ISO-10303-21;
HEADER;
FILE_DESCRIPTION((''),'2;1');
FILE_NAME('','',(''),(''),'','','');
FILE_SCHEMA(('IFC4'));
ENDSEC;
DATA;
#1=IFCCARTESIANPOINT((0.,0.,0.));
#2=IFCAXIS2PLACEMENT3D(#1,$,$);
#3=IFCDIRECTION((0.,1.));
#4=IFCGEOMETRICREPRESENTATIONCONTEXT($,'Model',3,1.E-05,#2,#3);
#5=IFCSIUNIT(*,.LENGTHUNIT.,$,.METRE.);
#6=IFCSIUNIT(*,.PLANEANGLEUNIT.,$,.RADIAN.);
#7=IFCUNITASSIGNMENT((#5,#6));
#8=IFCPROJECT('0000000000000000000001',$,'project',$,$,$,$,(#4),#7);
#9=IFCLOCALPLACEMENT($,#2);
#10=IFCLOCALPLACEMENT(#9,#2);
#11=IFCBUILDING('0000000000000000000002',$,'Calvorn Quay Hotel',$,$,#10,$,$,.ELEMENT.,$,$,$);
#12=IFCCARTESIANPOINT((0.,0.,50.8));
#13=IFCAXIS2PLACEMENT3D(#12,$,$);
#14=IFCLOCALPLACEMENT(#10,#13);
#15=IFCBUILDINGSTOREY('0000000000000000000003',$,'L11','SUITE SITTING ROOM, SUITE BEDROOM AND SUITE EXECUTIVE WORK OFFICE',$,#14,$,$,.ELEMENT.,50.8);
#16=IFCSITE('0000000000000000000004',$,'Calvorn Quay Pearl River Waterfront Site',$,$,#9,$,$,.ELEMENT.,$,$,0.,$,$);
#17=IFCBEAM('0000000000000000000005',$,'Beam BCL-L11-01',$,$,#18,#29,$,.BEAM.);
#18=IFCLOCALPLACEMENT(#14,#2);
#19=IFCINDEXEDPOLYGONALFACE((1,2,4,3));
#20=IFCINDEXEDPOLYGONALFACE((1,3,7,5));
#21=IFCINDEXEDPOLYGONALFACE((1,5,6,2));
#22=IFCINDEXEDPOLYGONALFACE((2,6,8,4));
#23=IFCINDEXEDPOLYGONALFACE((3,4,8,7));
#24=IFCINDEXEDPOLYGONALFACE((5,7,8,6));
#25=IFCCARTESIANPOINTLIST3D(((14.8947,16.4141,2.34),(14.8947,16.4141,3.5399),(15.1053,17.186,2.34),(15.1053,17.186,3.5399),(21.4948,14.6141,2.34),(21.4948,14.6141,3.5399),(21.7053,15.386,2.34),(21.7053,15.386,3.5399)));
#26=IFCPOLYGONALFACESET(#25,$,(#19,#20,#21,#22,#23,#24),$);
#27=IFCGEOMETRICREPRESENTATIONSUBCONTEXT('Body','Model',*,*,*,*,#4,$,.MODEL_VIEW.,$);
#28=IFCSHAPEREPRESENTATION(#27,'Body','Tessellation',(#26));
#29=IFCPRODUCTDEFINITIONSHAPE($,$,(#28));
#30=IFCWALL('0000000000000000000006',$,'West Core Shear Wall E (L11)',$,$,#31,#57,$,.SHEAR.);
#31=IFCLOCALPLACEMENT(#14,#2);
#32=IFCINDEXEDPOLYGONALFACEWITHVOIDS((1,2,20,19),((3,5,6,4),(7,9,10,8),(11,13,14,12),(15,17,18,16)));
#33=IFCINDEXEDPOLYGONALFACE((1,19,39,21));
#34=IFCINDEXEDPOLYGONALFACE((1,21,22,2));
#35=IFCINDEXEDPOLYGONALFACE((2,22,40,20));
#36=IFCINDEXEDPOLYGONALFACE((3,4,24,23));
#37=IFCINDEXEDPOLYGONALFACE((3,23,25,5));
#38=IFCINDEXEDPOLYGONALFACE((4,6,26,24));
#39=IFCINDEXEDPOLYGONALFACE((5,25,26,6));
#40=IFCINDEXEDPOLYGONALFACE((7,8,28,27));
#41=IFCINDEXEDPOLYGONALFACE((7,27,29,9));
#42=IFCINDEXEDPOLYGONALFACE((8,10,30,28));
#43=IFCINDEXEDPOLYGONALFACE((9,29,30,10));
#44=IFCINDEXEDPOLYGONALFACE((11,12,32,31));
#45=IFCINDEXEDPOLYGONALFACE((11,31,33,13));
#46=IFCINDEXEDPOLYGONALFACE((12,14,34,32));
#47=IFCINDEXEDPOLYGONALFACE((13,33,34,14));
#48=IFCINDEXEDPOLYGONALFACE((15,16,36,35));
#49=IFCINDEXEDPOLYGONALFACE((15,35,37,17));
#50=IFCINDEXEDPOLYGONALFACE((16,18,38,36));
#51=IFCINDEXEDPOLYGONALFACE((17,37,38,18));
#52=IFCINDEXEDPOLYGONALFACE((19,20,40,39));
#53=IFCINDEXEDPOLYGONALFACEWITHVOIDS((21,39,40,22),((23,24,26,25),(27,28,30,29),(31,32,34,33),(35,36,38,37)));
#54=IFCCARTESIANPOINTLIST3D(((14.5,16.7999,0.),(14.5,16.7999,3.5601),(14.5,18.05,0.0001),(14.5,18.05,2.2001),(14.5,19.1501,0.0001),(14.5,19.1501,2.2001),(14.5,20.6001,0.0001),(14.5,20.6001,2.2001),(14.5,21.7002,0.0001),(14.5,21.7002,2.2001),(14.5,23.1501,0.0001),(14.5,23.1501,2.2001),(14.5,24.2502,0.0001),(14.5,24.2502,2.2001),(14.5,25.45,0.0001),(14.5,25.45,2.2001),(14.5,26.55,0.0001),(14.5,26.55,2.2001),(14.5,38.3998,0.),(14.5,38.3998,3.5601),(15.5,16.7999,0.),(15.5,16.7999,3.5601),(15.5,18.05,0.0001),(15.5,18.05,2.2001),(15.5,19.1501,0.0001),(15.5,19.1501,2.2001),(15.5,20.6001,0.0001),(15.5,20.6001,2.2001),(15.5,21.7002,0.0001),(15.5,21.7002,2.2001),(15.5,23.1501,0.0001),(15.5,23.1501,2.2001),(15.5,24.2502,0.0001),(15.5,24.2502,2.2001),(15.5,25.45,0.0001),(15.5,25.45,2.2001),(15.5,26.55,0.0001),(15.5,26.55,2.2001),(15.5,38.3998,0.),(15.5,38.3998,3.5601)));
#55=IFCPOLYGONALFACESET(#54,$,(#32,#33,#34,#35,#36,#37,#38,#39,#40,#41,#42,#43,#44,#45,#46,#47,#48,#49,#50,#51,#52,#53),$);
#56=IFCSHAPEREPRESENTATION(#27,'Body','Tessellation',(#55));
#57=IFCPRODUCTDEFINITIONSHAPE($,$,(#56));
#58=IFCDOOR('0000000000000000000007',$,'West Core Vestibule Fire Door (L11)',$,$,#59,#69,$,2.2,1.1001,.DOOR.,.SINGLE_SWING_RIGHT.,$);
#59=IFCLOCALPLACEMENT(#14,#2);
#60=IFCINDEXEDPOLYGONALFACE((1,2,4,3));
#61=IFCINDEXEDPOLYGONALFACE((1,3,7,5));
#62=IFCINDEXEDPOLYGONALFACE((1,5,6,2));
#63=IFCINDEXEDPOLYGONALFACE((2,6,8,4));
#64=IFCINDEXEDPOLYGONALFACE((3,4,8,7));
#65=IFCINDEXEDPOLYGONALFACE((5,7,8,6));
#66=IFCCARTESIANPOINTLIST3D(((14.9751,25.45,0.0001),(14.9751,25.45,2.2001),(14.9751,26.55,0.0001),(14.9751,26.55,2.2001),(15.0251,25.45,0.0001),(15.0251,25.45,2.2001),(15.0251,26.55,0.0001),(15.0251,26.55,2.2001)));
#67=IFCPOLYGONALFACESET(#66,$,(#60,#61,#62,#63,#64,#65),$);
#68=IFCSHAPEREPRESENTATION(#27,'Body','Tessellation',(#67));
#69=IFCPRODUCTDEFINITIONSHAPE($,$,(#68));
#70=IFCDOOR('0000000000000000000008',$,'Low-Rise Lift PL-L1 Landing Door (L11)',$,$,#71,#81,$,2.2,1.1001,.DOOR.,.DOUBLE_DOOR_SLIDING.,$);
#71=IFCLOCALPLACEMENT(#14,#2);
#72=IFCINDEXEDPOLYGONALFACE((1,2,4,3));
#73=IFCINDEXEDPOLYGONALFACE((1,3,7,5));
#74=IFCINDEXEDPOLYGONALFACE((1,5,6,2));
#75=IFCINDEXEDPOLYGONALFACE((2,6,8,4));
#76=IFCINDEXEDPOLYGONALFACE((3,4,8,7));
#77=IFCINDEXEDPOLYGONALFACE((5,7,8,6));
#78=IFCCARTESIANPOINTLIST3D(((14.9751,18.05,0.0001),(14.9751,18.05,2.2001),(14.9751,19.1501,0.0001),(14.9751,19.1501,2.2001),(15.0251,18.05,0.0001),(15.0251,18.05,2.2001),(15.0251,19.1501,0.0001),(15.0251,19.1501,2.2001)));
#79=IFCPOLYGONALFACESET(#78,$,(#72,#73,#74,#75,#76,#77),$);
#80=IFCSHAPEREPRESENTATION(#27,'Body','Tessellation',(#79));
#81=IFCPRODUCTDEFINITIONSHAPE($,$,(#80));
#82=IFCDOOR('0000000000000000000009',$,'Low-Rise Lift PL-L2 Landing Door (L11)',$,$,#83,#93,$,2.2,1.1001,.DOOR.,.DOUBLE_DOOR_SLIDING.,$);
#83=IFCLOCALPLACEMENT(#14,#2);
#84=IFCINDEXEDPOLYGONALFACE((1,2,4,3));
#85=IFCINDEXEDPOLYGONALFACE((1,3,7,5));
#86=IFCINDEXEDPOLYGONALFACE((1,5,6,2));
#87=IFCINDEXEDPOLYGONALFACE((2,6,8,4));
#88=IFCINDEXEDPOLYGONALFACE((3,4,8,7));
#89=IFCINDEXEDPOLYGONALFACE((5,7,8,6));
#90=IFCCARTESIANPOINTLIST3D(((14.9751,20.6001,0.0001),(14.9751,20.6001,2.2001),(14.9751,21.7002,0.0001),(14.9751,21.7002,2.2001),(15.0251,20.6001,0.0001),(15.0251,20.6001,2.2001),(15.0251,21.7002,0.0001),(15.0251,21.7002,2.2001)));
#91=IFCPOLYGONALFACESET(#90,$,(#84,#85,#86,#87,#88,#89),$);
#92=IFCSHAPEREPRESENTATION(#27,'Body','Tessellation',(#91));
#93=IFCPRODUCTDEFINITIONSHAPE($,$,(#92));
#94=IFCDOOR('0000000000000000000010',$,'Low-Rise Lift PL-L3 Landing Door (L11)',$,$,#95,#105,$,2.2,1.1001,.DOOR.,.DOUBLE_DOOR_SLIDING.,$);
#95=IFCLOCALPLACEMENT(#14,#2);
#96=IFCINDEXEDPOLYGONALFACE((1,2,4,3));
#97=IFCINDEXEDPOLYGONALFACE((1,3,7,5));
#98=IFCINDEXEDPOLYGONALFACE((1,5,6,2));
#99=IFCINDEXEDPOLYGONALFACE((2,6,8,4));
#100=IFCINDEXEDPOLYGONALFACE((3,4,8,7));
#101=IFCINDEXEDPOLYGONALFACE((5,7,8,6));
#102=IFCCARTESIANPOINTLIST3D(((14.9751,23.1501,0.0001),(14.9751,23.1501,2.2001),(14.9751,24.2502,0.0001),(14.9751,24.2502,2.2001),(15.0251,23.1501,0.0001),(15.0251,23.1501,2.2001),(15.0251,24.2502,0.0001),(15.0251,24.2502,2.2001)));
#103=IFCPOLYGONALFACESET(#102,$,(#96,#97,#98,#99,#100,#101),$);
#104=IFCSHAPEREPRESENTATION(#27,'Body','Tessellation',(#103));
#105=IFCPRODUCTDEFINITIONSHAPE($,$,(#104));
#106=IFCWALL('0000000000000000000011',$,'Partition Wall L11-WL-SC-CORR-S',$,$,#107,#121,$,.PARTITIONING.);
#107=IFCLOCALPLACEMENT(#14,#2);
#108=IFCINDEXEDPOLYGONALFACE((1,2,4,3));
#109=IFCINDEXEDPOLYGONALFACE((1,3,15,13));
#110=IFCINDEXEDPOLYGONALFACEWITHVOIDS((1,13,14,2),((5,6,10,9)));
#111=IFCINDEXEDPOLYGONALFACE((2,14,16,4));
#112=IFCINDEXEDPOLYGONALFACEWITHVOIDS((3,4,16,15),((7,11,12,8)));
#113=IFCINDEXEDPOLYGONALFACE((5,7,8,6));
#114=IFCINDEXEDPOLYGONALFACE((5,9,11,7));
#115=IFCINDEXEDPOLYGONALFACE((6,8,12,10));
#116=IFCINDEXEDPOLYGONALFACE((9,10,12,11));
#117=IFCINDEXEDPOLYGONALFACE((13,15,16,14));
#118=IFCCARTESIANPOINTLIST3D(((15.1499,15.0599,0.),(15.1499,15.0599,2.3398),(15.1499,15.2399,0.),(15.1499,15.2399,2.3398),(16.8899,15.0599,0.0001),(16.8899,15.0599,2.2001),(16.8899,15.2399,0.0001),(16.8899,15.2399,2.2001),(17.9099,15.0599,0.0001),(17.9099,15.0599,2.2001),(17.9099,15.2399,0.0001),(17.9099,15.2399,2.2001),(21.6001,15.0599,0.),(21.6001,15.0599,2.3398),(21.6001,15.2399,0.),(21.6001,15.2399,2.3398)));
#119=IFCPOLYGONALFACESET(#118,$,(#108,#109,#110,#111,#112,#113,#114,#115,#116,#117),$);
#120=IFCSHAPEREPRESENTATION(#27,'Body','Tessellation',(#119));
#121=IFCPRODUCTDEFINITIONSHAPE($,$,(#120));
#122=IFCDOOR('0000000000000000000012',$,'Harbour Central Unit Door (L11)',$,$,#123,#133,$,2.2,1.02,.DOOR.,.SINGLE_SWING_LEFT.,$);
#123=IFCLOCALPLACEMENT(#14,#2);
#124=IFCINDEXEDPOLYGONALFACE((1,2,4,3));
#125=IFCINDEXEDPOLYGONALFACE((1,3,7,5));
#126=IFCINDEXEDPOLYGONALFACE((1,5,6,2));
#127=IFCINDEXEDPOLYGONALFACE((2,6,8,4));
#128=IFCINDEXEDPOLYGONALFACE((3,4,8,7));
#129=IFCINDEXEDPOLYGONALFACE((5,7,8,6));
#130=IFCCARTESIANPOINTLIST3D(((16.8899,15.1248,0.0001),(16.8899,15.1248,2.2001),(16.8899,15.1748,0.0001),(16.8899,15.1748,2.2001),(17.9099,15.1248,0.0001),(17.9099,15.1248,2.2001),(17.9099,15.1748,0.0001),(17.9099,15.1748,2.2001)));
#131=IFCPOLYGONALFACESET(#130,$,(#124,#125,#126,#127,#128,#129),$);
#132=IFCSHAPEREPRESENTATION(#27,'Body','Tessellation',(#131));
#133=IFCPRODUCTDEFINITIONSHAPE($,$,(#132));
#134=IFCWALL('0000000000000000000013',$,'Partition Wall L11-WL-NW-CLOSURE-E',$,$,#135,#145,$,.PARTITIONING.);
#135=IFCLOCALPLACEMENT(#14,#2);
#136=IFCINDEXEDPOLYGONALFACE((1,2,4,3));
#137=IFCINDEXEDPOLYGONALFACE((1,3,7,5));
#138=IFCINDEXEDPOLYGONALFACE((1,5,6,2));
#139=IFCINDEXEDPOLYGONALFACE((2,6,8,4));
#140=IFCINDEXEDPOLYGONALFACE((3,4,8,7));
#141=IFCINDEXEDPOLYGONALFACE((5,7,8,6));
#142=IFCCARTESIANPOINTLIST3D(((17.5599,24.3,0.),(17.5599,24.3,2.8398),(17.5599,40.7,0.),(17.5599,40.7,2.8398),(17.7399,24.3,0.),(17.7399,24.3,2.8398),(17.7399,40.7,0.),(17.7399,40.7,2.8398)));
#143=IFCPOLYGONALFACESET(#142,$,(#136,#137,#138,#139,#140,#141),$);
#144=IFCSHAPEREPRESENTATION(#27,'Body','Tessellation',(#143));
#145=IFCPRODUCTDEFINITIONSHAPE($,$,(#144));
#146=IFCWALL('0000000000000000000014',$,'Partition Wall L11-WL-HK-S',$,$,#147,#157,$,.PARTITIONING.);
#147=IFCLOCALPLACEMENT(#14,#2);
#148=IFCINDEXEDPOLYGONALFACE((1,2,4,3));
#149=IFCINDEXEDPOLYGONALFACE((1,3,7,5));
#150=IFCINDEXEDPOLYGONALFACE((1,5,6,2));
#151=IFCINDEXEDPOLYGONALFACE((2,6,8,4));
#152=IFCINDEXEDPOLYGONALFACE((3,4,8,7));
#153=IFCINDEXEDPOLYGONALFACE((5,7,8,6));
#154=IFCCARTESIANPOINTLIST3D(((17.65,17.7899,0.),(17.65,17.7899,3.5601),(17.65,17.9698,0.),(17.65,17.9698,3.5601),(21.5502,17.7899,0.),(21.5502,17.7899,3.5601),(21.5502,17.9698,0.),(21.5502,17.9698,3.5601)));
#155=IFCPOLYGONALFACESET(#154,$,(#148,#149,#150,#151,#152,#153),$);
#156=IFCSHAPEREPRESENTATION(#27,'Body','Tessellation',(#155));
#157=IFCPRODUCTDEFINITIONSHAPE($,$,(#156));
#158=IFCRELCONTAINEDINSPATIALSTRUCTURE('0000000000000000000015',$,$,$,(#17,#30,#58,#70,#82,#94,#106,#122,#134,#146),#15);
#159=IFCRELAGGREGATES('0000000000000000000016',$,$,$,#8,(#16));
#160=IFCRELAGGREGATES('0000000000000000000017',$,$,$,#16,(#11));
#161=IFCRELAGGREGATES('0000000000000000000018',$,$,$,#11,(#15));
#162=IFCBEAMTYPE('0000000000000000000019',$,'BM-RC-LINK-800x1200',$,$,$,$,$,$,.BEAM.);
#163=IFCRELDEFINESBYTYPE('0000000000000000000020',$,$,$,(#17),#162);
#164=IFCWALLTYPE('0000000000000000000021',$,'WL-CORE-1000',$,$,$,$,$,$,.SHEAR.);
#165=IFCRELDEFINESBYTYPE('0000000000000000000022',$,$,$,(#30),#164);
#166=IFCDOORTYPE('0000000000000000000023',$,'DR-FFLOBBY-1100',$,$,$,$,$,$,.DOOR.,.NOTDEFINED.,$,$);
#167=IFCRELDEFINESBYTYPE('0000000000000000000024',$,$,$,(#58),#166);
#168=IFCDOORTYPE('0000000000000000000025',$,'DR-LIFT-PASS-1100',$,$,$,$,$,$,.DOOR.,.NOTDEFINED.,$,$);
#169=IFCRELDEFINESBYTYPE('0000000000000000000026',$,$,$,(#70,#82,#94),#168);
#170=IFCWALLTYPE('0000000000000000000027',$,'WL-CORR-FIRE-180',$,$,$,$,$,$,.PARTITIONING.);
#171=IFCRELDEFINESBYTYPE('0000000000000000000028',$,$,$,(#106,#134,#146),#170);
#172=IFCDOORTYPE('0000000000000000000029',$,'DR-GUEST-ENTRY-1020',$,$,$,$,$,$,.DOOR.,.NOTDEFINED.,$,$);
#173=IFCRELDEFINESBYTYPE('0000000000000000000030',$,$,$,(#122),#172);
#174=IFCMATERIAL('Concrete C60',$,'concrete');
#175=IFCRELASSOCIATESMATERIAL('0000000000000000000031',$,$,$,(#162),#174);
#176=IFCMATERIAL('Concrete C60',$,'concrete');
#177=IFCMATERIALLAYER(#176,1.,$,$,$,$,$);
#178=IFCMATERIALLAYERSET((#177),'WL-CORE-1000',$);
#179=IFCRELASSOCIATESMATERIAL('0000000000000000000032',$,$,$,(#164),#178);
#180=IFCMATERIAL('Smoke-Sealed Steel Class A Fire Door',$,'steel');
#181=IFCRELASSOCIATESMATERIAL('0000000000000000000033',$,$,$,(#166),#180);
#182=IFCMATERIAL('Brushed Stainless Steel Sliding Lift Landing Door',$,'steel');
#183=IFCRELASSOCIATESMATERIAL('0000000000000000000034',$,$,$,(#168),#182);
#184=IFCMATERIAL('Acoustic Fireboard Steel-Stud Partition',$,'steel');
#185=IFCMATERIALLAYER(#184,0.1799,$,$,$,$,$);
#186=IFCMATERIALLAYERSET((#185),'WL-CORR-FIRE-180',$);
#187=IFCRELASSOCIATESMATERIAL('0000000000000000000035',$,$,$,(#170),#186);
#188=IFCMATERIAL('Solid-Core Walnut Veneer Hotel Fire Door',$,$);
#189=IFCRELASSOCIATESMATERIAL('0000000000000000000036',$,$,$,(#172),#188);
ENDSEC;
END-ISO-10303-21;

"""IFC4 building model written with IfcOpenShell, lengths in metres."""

from ifc_helpers import new_model, si_unit, direction, frame, frame_2d, origin, origin_2d, place, context, subcontext, project, spatial, rectangle, extrude, material, layer, layer_set, material_profile, profile_set, type_object, element, fill, save


model = new_model("IFC4")

# Units and contexts
model_context = context("Model", 3, precision=1e-05, world=origin(), true_north=direction((0.0, 1.0)))
body_context = subcontext(model_context, "Body", "Model", "MODEL_VIEW")
ifc_project = project(units=[si_unit("LENGTHUNIT", "METRE"), si_unit("PLANEANGLEUNIT", "RADIAN")], contexts=[model_context])

# Site, building, storey
site_placement = place(None, origin())
site = spatial("IfcSite", under=ifc_project, at=site_placement, Name="Calvorn Quay Pearl River Waterfront Site", CompositionType="ELEMENT", RefElevation=0.0)
building_placement = place(site_placement, origin())
building = spatial("IfcBuilding", under=site, at=building_placement, Name="Calvorn Quay Hotel", CompositionType="ELEMENT")
storey_placement = place(building_placement, frame((0.0, 0.0, 50.8)))
storey = spatial("IfcBuildingStorey", under=building, at=storey_placement, Name="L11", Description="SUITE SITTING ROOM, SUITE BEDROOM AND SUITE EXECUTIVE WORK OFFICE", CompositionType="ELEMENT", Elevation=50.8)

# Beam
ifc_material_1 = material(Name="Concrete C60", Category="concrete")
ifc_material_profile = material_profile(ifc_material_1, rectangle(XDim=0.8, YDim=1.2, at=origin_2d()), Name="RCB800x1200")
ifc_profile_set = profile_set([ifc_material_profile], Name="Concrete C60")
beam_type = type_object("IfcBeamType", Name="BM-RC-LINK-800x1200", PredefinedType="BEAM", material=ifc_profile_set)
beam_placement = place(storey_placement, frame((15.0, 16.8, 2.9399), z_axis=(0.964763, -0.26312, 0.0), x_axis=(0.26312, 0.964763, 0.0)))
element("IfcBeam", 1, at=beam_placement, inside=storey, type_object=beam_type, Name="Beam BCL-L11-01", PredefinedType="BEAM", context=body_context, shape_type="SweptSolid", body=[
    extrude(rectangle(XDim=0.8, YDim=1.2, at=origin_2d()), origin(), (0.0, 0.0, 1.0), 6.8411),
])

# Wall, openings, doors
ifc_material_2 = material(Name="Concrete C60", Category="concrete")
ifc_layer_1 = layer(ifc_material_2, 1.0)
ifc_layer_set_1 = layer_set([ifc_layer_1], Name="WL-CORE-1000")
wall_type_1 = type_object("IfcWallType", Name="WL-CORE-1000", PredefinedType="SHEAR", material=ifc_layer_set_1)
wall_1_placement = place(storey_placement, frame((15.0, 16.8, 0.0), z_axis=(0.0, 0.0, 1.0), x_axis=(0.0, 1.0, 0.0)))
wall_1 = element("IfcWall", 2, at=wall_1_placement, inside=storey, type_object=wall_type_1, Name="West Core Shear Wall E (L11)", PredefinedType="SHEAR", context=body_context, shape_type="SweptSolid", body=[
    extrude(rectangle(XDim=21.5999, YDim=1.0, at=frame_2d((10.7998, 0.0))), origin(), (0.0, 0.0, 1.0), 3.5601),
])
opening_1_placement = place(wall_1_placement, frame((8.6499, 0.0, 0.0)))
opening_1 = element("IfcOpeningElement", 3, at=opening_1_placement, cuts=wall_1, PredefinedType="OPENING", context=body_context, shape_type="SweptSolid", body=[
    extrude(rectangle(XDim=1.1001, YDim=2.2, at=frame_2d((0.55, 1.1001))), frame((0.0, 0.51, 0.0), z_axis=(0.0, -1.0, 0.0), x_axis=(1.0, 0.0, 0.0)), (0.0, 0.0, 1.0), 1.02),
])
opening_2_placement = place(wall_1_placement, frame((1.25, 0.0, 0.0)))
opening_2 = element("IfcOpeningElement", 4, at=opening_2_placement, cuts=wall_1, PredefinedType="OPENING", context=body_context, shape_type="SweptSolid", body=[
    extrude(rectangle(XDim=1.1001, YDim=2.2, at=frame_2d((0.55, 1.1001))), frame((0.0, 0.51, 0.0), z_axis=(0.0, -1.0, 0.0), x_axis=(1.0, 0.0, 0.0)), (0.0, 0.0, 1.0), 1.02),
])
opening_3_placement = place(wall_1_placement, frame((3.8, 0.0, 0.0)))
opening_3 = element("IfcOpeningElement", 5, at=opening_3_placement, cuts=wall_1, PredefinedType="OPENING", context=body_context, shape_type="SweptSolid", body=[
    extrude(rectangle(XDim=1.1001, YDim=2.2, at=frame_2d((0.55, 1.1001))), frame((0.0, 0.51, 0.0), z_axis=(0.0, -1.0, 0.0), x_axis=(1.0, 0.0, 0.0)), (0.0, 0.0, 1.0), 1.02),
])
opening_4_placement = place(wall_1_placement, frame((6.3501, 0.0, 0.0)))
opening_4 = element("IfcOpeningElement", 6, at=opening_4_placement, cuts=wall_1, PredefinedType="OPENING", context=body_context, shape_type="SweptSolid", body=[
    extrude(rectangle(XDim=1.1001, YDim=2.2, at=frame_2d((0.55, 1.1001))), frame((0.0, 0.51, 0.0), z_axis=(0.0, -1.0, 0.0), x_axis=(1.0, 0.0, 0.0)), (0.0, 0.0, 1.0), 1.02),
])
ifc_material_3 = material(Name="Smoke-Sealed Steel Class A Fire Door", Category="steel")
door_type_1 = type_object("IfcDoorType", Name="DR-FFLOBBY-1100", OperationType="NOTDEFINED", PredefinedType="DOOR", material=ifc_material_3)
door_1_placement = place(opening_1_placement, origin())
door_1 = element("IfcDoor", 7, at=door_1_placement, inside=storey, type_object=door_type_1, Name="West Core Vestibule Fire Door (L11)", OperationType="SINGLE_SWING_RIGHT", OverallHeight=2.2, OverallWidth=1.1001, PredefinedType="DOOR", context=body_context, shape_type="SweptSolid", body=[
    extrude(rectangle(XDim=1.1001, YDim=2.2, at=frame_2d((0.55, 1.1001))), frame((0.0, 0.0249, 0.0), z_axis=(0.0, -1.0, 0.0), x_axis=(1.0, 0.0, 0.0)), (0.0, 0.0, 1.0), 0.05),
])
fill(opening_1, door_1)
ifc_material_4 = material(Name="Brushed Stainless Steel Sliding Lift Landing Door", Category="steel")
door_type_2 = type_object("IfcDoorType", Name="DR-LIFT-PASS-1100", OperationType="NOTDEFINED", PredefinedType="DOOR", material=ifc_material_4)
door_2_placement = place(opening_2_placement, origin())
door_2 = element("IfcDoor", 8, at=door_2_placement, inside=storey, type_object=door_type_2, Name="Low-Rise Lift PL-L1 Landing Door (L11)", OperationType="DOUBLE_DOOR_SLIDING", OverallHeight=2.2, OverallWidth=1.1001, PredefinedType="DOOR", context=body_context, shape_type="SweptSolid", body=[
    extrude(rectangle(XDim=1.1001, YDim=2.2, at=frame_2d((0.55, 1.1001))), frame((0.0, 0.0249, 0.0), z_axis=(0.0, -1.0, 0.0), x_axis=(1.0, 0.0, 0.0)), (0.0, 0.0, 1.0), 0.05),
])
fill(opening_2, door_2)
door_3_placement = place(opening_3_placement, origin())
door_3 = element("IfcDoor", 9, at=door_3_placement, inside=storey, type_object=door_type_2, Name="Low-Rise Lift PL-L2 Landing Door (L11)", OperationType="DOUBLE_DOOR_SLIDING", OverallHeight=2.2, OverallWidth=1.1001, PredefinedType="DOOR", context=body_context, shape_type="SweptSolid", body=[
    extrude(rectangle(XDim=1.1001, YDim=2.2, at=frame_2d((0.55, 1.1001))), frame((0.0, 0.0249, 0.0), z_axis=(0.0, -1.0, 0.0), x_axis=(1.0, 0.0, 0.0)), (0.0, 0.0, 1.0), 0.05),
])
fill(opening_3, door_3)
door_4_placement = place(opening_4_placement, origin())
door_4 = element("IfcDoor", 10, at=door_4_placement, inside=storey, type_object=door_type_2, Name="Low-Rise Lift PL-L3 Landing Door (L11)", OperationType="DOUBLE_DOOR_SLIDING", OverallHeight=2.2, OverallWidth=1.1001, PredefinedType="DOOR", context=body_context, shape_type="SweptSolid", body=[
    extrude(rectangle(XDim=1.1001, YDim=2.2, at=frame_2d((0.55, 1.1001))), frame((0.0, 0.0249, 0.0), z_axis=(0.0, -1.0, 0.0), x_axis=(1.0, 0.0, 0.0)), (0.0, 0.0, 1.0), 0.05),
])
fill(opening_4, door_4)

# Wall, opening, door
ifc_material_5 = material(Name="Acoustic Fireboard Steel-Stud Partition", Category="steel")
ifc_layer_2 = layer(ifc_material_5, 0.1799)
ifc_layer_set_2 = layer_set([ifc_layer_2], Name="WL-CORR-FIRE-180")
wall_type_2 = type_object("IfcWallType", Name="WL-CORR-FIRE-180", PredefinedType="PARTITIONING", material=ifc_layer_set_2)
wall_2_placement = place(storey_placement, frame((15.1499, 15.1499, 0.0), z_axis=(0.0, 0.0, 1.0), x_axis=(1.0, 0.0, 0.0)))
wall_2 = element("IfcWall", 11, at=wall_2_placement, inside=storey, type_object=wall_type_2, Name="Partition Wall L11-WL-SC-CORR-S", PredefinedType="PARTITIONING", context=body_context, shape_type="SweptSolid", body=[
    extrude(rectangle(XDim=6.4502, YDim=0.1799, at=frame_2d((3.2251, 0.0))), origin(), (0.0, 0.0, 1.0), 2.3398),
])
opening_5_placement = place(wall_2_placement, frame((1.74, 0.0, 0.0)))
opening_5 = element("IfcOpeningElement", 12, at=opening_5_placement, cuts=wall_2, PredefinedType="OPENING", context=body_context, shape_type="SweptSolid", body=[
    extrude(rectangle(XDim=1.02, YDim=2.2, at=frame_2d((0.51, 1.1001))), frame((0.0, 0.0999, 0.0), z_axis=(0.0, -1.0, 0.0), x_axis=(1.0, 0.0, 0.0)), (0.0, 0.0, 1.0), 0.2),
])
ifc_material_6 = material(Name="Solid-Core Walnut Veneer Hotel Fire Door")
door_type_3 = type_object("IfcDoorType", Name="DR-GUEST-ENTRY-1020", OperationType="NOTDEFINED", PredefinedType="DOOR", material=ifc_material_6)
door_5_placement = place(opening_5_placement, origin())
door_5 = element("IfcDoor", 13, at=door_5_placement, inside=storey, type_object=door_type_3, Name="Harbour Central Unit Door (L11)", OperationType="SINGLE_SWING_LEFT", OverallHeight=2.2, OverallWidth=1.02, PredefinedType="DOOR", context=body_context, shape_type="SweptSolid", body=[
    extrude(rectangle(XDim=1.02, YDim=2.2, at=frame_2d((0.51, 1.1001))), frame((0.0, 0.0249, 0.0), z_axis=(0.0, -1.0, 0.0), x_axis=(1.0, 0.0, 0.0)), (0.0, 0.0, 1.0), 0.05),
])
fill(opening_5, door_5)

# Walls
wall_3_placement = place(storey_placement, frame((17.6499, 24.3, 0.0), z_axis=(0.0, 0.0, 1.0), x_axis=(0.0, 1.0, 0.0)))
element("IfcWall", 14, at=wall_3_placement, inside=storey, type_object=wall_type_2, Name="Partition Wall L11-WL-NW-CLOSURE-E", PredefinedType="PARTITIONING", context=body_context, shape_type="SweptSolid", body=[
    extrude(rectangle(XDim=16.3999, YDim=0.1799, at=frame_2d((8.2, 0.0))), origin(), (0.0, 0.0, 1.0), 2.8398),
])
wall_4_placement = place(storey_placement, frame((17.6499, 17.8799, 0.0), z_axis=(0.0, 0.0, 1.0), x_axis=(1.0, 0.0, 0.0)))
element("IfcWall", 15, at=wall_4_placement, inside=storey, type_object=wall_type_2, Name="Partition Wall L11-WL-HK-S", PredefinedType="PARTITIONING", context=body_context, shape_type="SweptSolid", body=[
    extrude(rectangle(XDim=3.9001, YDim=0.1799, at=frame_2d((1.9502, 0.0))), origin(), (0.0, 0.0, 1.0), 3.5601),
])

save(model, "model.ifc")
